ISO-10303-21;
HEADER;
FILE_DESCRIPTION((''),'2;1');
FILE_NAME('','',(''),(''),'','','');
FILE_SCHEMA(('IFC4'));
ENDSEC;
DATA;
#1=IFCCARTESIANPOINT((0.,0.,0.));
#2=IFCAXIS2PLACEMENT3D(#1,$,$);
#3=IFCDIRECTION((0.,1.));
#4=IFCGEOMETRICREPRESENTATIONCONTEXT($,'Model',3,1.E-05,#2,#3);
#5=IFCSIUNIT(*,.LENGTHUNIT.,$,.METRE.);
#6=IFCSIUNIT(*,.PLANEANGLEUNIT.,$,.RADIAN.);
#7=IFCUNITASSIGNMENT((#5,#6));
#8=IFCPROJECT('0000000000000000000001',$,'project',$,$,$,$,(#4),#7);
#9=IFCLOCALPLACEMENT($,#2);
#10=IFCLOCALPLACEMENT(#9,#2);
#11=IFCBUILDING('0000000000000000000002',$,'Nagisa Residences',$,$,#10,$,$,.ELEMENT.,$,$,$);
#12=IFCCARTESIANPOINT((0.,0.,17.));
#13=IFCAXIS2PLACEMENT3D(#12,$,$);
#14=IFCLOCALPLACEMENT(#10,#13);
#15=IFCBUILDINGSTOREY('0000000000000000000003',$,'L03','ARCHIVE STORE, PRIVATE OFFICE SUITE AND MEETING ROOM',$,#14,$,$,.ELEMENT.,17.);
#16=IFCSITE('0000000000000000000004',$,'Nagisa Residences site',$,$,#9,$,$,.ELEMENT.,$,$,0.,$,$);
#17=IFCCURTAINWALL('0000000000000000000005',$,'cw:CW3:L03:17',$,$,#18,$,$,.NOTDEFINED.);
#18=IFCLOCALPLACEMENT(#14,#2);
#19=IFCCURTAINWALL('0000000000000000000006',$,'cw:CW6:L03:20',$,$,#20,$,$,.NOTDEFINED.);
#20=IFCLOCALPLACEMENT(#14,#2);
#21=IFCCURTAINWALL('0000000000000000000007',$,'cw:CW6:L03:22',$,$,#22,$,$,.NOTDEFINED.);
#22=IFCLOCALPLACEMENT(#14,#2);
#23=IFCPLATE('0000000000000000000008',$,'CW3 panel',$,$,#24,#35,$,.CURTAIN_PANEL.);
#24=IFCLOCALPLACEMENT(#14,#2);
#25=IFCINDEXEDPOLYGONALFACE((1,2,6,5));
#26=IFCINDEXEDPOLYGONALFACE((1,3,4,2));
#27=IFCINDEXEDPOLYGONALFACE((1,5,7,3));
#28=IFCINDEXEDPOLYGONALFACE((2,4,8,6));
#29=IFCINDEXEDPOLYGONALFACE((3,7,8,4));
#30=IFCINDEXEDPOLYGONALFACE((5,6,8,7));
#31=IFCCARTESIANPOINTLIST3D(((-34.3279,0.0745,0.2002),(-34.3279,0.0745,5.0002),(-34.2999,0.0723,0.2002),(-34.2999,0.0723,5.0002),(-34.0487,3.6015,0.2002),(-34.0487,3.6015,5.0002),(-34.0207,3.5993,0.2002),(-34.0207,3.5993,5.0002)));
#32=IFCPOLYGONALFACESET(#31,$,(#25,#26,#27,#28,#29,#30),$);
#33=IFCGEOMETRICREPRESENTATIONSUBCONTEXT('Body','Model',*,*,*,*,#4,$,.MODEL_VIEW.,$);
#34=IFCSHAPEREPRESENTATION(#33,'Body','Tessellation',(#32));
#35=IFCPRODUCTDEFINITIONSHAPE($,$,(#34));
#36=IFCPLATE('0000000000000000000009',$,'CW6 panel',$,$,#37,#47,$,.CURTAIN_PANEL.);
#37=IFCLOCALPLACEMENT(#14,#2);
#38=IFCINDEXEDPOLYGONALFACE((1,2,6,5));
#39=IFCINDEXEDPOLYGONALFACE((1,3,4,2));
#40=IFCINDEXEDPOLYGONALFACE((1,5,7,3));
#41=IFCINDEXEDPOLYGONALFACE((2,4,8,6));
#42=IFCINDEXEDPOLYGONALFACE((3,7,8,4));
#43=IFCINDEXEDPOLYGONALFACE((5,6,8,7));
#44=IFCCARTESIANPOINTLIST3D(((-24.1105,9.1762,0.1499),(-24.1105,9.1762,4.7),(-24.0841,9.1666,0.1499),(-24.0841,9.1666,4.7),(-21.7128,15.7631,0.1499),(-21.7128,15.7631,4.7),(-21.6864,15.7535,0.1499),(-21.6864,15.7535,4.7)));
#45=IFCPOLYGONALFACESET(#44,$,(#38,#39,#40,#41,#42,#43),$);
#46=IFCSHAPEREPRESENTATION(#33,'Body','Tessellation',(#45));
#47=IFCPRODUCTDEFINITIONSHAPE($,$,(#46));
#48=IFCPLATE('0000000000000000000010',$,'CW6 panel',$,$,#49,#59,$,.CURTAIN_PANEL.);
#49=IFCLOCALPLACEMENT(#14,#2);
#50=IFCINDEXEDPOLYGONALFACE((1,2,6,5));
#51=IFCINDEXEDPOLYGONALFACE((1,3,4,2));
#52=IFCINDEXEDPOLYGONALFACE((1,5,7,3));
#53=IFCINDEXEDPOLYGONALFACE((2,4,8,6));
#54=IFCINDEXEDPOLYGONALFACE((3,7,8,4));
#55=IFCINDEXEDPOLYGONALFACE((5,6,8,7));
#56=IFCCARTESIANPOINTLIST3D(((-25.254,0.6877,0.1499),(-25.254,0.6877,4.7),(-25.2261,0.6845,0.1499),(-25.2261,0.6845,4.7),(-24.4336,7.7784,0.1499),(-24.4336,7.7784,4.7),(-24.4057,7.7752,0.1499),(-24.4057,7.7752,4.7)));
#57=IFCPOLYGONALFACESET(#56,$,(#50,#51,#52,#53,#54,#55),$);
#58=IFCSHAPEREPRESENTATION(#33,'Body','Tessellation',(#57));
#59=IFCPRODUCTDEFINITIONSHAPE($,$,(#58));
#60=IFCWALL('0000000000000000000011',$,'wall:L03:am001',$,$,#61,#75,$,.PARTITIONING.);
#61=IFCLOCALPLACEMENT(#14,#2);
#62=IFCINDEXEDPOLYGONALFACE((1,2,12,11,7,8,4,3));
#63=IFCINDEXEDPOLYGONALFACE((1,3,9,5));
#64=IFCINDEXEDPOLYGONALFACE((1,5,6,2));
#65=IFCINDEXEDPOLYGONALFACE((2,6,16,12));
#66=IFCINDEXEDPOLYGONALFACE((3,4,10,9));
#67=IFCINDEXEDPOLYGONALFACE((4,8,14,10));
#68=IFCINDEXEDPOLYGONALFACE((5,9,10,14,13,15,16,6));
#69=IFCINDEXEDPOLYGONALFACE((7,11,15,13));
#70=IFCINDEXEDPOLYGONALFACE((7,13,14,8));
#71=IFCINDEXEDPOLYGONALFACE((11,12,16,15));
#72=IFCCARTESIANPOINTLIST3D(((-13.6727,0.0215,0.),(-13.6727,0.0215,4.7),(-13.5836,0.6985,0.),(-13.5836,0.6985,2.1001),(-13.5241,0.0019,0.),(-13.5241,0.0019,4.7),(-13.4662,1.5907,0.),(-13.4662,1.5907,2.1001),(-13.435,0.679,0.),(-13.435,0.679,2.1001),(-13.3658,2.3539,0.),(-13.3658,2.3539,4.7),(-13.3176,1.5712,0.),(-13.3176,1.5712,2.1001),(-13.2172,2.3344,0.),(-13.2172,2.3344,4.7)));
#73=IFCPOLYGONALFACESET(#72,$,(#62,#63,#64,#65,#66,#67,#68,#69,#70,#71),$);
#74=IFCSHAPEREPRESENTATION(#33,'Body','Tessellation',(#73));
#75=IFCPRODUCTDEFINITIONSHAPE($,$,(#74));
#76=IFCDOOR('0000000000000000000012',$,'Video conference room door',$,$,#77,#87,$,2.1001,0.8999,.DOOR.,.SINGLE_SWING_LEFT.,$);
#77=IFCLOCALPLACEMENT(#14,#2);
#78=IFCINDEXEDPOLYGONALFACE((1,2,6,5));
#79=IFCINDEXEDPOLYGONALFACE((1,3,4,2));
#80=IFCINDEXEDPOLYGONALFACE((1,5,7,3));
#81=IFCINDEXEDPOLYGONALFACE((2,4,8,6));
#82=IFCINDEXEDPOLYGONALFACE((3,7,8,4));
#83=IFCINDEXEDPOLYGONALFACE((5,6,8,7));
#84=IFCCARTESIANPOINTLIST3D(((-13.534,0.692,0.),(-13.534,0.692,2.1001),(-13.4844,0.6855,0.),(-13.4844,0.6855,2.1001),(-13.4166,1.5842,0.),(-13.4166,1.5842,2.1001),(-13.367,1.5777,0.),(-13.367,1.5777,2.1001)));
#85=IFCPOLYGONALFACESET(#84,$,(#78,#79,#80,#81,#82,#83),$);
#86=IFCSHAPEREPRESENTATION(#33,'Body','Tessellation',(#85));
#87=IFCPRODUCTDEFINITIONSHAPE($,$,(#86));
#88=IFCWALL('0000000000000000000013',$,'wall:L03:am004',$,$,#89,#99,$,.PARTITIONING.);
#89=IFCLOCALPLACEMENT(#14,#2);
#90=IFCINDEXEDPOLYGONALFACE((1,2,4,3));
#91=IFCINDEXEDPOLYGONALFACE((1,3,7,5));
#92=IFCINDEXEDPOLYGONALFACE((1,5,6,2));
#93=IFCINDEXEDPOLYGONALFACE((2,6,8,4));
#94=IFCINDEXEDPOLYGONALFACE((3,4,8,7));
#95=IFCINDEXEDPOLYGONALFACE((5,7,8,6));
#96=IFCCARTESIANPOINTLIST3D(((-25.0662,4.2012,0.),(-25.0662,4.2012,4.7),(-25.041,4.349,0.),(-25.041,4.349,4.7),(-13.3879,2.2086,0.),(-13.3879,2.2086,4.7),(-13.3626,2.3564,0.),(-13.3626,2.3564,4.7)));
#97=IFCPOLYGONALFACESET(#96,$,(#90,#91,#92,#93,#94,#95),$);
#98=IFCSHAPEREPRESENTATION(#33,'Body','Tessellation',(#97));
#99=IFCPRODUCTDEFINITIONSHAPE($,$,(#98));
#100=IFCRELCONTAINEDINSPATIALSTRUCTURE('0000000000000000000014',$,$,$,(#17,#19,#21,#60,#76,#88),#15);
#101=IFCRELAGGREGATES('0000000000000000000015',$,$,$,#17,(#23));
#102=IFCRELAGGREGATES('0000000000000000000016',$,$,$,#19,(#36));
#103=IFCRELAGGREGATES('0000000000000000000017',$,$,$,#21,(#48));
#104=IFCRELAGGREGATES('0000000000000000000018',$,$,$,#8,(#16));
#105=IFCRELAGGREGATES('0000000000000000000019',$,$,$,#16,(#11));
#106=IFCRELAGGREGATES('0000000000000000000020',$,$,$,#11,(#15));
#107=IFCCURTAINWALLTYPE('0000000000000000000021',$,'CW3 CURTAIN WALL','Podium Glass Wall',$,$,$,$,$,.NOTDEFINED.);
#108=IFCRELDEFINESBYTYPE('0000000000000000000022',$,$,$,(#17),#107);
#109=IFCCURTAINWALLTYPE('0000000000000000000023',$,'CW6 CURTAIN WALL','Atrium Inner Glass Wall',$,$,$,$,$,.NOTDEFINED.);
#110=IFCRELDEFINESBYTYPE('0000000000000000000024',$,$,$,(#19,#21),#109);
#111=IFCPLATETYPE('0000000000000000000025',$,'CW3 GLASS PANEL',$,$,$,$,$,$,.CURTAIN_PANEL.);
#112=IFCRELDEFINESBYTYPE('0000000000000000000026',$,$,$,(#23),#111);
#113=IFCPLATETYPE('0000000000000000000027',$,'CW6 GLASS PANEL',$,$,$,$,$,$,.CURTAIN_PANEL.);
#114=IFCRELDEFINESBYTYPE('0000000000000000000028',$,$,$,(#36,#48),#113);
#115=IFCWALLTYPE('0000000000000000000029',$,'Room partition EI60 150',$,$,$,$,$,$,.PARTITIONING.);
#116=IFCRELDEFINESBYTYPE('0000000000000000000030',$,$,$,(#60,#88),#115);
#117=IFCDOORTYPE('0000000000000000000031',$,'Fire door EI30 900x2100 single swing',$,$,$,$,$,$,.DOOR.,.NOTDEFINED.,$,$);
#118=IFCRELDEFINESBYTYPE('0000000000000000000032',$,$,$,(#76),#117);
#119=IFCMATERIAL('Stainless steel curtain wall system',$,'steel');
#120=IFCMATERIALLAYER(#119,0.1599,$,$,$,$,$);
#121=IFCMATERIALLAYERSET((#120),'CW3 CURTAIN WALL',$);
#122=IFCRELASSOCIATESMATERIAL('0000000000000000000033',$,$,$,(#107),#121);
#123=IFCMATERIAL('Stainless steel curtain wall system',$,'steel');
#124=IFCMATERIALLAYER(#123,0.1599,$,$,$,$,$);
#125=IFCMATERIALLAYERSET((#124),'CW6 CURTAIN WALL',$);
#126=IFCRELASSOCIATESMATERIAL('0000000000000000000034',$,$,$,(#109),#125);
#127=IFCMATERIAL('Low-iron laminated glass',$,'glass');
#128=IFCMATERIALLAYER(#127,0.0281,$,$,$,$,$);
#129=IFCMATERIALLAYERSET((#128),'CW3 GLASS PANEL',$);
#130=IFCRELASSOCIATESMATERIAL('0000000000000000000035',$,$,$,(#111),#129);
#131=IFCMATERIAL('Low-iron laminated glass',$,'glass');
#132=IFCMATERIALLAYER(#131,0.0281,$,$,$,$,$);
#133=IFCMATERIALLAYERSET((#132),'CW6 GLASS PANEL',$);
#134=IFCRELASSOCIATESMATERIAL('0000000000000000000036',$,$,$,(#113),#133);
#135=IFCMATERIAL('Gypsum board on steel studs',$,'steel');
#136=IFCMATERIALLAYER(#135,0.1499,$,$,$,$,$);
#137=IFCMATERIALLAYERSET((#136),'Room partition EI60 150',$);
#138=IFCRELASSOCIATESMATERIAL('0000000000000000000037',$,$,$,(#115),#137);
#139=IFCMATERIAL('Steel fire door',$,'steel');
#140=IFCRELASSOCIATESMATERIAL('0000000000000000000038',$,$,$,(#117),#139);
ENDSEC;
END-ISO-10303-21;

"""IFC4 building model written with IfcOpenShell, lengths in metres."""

from ifc_helpers import new_model, si_unit, direction, frame, frame_2d, origin, origin_2d, place, context, subcontext, project, spatial, rectangle, extrude, material, layer, layer_set, type_object, element, fill, aggregate, save


model = new_model("IFC4")

# Units and contexts
model_context = context("Model", 3, precision=1e-05, world=origin(), true_north=direction((0.0, 1.0)))
body_context = subcontext(model_context, "Body", "Model", "MODEL_VIEW")
ifc_project = project(units=[si_unit("LENGTHUNIT", "METRE"), si_unit("PLANEANGLEUNIT", "RADIAN")], contexts=[model_context])

# Site, building, storey
site_placement = place(None, origin())
site = spatial("IfcSite", under=ifc_project, at=site_placement, Name="Nagisa Residences site", CompositionType="ELEMENT", RefElevation=0.0)
building_placement = place(site_placement, origin())
building = spatial("IfcBuilding", under=site, at=building_placement, Name="Nagisa Residences", CompositionType="ELEMENT")
storey_placement = place(building_placement, frame((0.0, 0.0, 17.0)))
storey = spatial("IfcBuildingStorey", under=building, at=storey_placement, Name="L03", Description="ARCHIVE STORE, PRIVATE OFFICE SUITE AND MEETING ROOM", CompositionType="ELEMENT", Elevation=17.0)

# Shared definitions
ifc_material_1 = material(Name="Stainless steel curtain wall system", Category="steel")
ifc_layer_1 = layer(ifc_material_1, 0.1599)
ifc_layer_set_1 = layer_set([ifc_layer_1], Name="CW3 CURTAIN WALL")
curtain_wall_type_1 = type_object("IfcCurtainWallType", Name="CW3 CURTAIN WALL", Description="Podium Glass Wall", PredefinedType="NOTDEFINED", material=ifc_layer_set_1)

# Curtain wall
curtain_wall_1_placement = place(storey_placement, origin())
curtain_wall_1 = element("IfcCurtainWall", 1, at=curtain_wall_1_placement, inside=storey, type_object=curtain_wall_type_1, Name="cw:CW3:L03:17", PredefinedType="NOTDEFINED")

# Curtain walls
ifc_material_2 = material(Name="Stainless steel curtain wall system", Category="steel")
ifc_layer_2 = layer(ifc_material_2, 0.1599)
ifc_layer_set_2 = layer_set([ifc_layer_2], Name="CW6 CURTAIN WALL")
curtain_wall_type_2 = type_object("IfcCurtainWallType", Name="CW6 CURTAIN WALL", Description="Atrium Inner Glass Wall", PredefinedType="NOTDEFINED", material=ifc_layer_set_2)
curtain_wall_2_placement = place(storey_placement, origin())
curtain_wall_2 = element("IfcCurtainWall", 2, at=curtain_wall_2_placement, inside=storey, type_object=curtain_wall_type_2, Name="cw:CW6:L03:20", PredefinedType="NOTDEFINED")
curtain_wall_3_placement = place(storey_placement, origin())
curtain_wall_3 = element("IfcCurtainWall", 3, at=curtain_wall_3_placement, inside=storey, type_object=curtain_wall_type_2, Name="cw:CW6:L03:22", PredefinedType="NOTDEFINED")

# Plates
ifc_material_3 = material(Name="Low-iron laminated glass", Category="glass")
ifc_layer_3 = layer(ifc_material_3, 0.0281)
ifc_layer_set_3 = layer_set([ifc_layer_3], Name="CW3 GLASS PANEL")
plate_type_1 = type_object("IfcPlateType", Name="CW3 GLASS PANEL", PredefinedType="CURTAIN_PANEL", material=ifc_layer_set_3)
plate_1_placement = place(storey_placement, frame((-34.1743, 1.8369, 0.2002), z_axis=(0.0, 0.0, 1.0), x_axis=(-0.07891, -0.996882, 0.0)))
plate_1 = element("IfcPlate", 4, at=plate_1_placement, type_object=plate_type_1, Name="CW3 panel", PredefinedType="CURTAIN_PANEL", context=body_context, shape_type="SweptSolid", body=[
    extrude(rectangle(XDim=3.5381, YDim=0.0281, at=origin_2d()), origin(), (0.0, 0.0, 1.0), 4.8),
])
aggregate(curtain_wall_1, [plate_1])
ifc_material_4 = material(Name="Low-iron laminated glass", Category="glass")
ifc_layer_4 = layer(ifc_material_4, 0.0281)
ifc_layer_set_4 = layer_set([ifc_layer_4], Name="CW6 GLASS PANEL")
plate_type_2 = type_object("IfcPlateType", Name="CW6 GLASS PANEL", PredefinedType="CURTAIN_PANEL", material=ifc_layer_set_4)
plate_2_placement = place(storey_placement, frame((-22.8984, 12.4648, 0.1499), z_axis=(0.0, 0.0, 1.0), x_axis=(-0.34205, -0.939682, 0.0)))
plate_2 = element("IfcPlate", 5, at=plate_2_placement, type_object=plate_type_2, Name="CW6 panel", PredefinedType="CURTAIN_PANEL", context=body_context, shape_type="SweptSolid", body=[
    extrude(rectangle(XDim=7.0098, YDim=0.0281, at=origin_2d()), origin(), (0.0, 0.0, 1.0), 4.55),
])
aggregate(curtain_wall_2, [plate_2])
plate_3_placement = place(storey_placement, frame((-24.8298, 4.2314, 0.1499), z_axis=(0.0, 0.0, 1.0), x_axis=(-0.114928, -0.993374, 0.0)))
plate_3 = element("IfcPlate", 6, at=plate_3_placement, type_object=plate_type_2, Name="CW6 panel", PredefinedType="CURTAIN_PANEL", context=body_context, shape_type="SweptSolid", body=[
    extrude(rectangle(XDim=7.1379, YDim=0.0281, at=origin_2d()), origin(), (0.0, 0.0, 1.0), 4.55),
])
aggregate(curtain_wall_3, [plate_3])

# Wall, opening, door
ifc_material_5 = material(Name="Gypsum board on steel studs", Category="steel")
ifc_layer_5 = layer(ifc_material_5, 0.1499)
ifc_layer_set_5 = layer_set([ifc_layer_5], Name="Room partition EI60 150")
wall_type = type_object("IfcWallType", Name="Room partition EI60 150", PredefinedType="PARTITIONING", material=ifc_layer_set_5)
wall_1_placement = place(storey_placement, frame((-13.5984, 0.0117, 0.0), z_axis=(0.0, 0.0, 1.0), x_axis=(0.130444, 0.991456, 0.0)))
wall_1 = element("IfcWall", 7, at=wall_1_placement, inside=storey, type_object=wall_type, Name="wall:L03:am001", PredefinedType="PARTITIONING", context=body_context, shape_type="SweptSolid", body=[
    extrude(rectangle(XDim=2.3525, YDim=0.1499, at=frame_2d((1.1763, 0.0))), origin(), (0.0, 0.0, 1.0), 4.7),
])
opening_placement = place(wall_1_placement, frame((0.6829, 0.0, 0.0)))
opening = element("IfcOpeningElement", 8, at=opening_placement, cuts=wall_1, PredefinedType="OPENING", context=body_context, shape_type="SweptSolid", body=[
    extrude(rectangle(XDim=0.8999, YDim=2.1001, at=frame_2d((0.45, 1.05))), frame((0.0, 0.085, 0.0), z_axis=(0.0, -1.0, 0.0), x_axis=(1.0, 0.0, 0.0)), (0.0, 0.0, 1.0), 0.1699),
])
ifc_material_6 = material(Name="Steel fire door", Category="steel")
door_type = type_object("IfcDoorType", Name="Fire door EI30 900x2100 single swing", OperationType="NOTDEFINED", PredefinedType="DOOR", material=ifc_material_6)
door_placement = place(opening_placement, origin())
door = element("IfcDoor", 9, at=door_placement, inside=storey, type_object=door_type, Name="Video conference room door", OperationType="SINGLE_SWING_LEFT", OverallHeight=2.1001, OverallWidth=0.8999, PredefinedType="DOOR", context=body_context, shape_type="SweptSolid", body=[
    extrude(rectangle(XDim=0.8999, YDim=2.1001, at=frame_2d((0.45, 1.05))), frame((0.0, 0.0249, 0.0), z_axis=(0.0, -1.0, 0.0), x_axis=(1.0, 0.0, 0.0)), (0.0, 0.0, 1.0), 0.05),
])
fill(opening, door)

# Wall
wall_2_placement = place(storey_placement, frame((-13.3752, 2.2825, 0.0), z_axis=(0.0, 0.0, 1.0), x_axis=(-0.985753, 0.168197, 0.0)))
element("IfcWall", 10, at=wall_2_placement, inside=storey, type_object=wall_type, Name="wall:L03:am004", PredefinedType="PARTITIONING", context=body_context, shape_type="SweptSolid", body=[
    extrude(rectangle(XDim=11.8472, YDim=0.1499, at=frame_2d((5.9236, 0.0))), origin(), (0.0, 0.0, 1.0), 4.7),
])

save(model, "model.ifc")
